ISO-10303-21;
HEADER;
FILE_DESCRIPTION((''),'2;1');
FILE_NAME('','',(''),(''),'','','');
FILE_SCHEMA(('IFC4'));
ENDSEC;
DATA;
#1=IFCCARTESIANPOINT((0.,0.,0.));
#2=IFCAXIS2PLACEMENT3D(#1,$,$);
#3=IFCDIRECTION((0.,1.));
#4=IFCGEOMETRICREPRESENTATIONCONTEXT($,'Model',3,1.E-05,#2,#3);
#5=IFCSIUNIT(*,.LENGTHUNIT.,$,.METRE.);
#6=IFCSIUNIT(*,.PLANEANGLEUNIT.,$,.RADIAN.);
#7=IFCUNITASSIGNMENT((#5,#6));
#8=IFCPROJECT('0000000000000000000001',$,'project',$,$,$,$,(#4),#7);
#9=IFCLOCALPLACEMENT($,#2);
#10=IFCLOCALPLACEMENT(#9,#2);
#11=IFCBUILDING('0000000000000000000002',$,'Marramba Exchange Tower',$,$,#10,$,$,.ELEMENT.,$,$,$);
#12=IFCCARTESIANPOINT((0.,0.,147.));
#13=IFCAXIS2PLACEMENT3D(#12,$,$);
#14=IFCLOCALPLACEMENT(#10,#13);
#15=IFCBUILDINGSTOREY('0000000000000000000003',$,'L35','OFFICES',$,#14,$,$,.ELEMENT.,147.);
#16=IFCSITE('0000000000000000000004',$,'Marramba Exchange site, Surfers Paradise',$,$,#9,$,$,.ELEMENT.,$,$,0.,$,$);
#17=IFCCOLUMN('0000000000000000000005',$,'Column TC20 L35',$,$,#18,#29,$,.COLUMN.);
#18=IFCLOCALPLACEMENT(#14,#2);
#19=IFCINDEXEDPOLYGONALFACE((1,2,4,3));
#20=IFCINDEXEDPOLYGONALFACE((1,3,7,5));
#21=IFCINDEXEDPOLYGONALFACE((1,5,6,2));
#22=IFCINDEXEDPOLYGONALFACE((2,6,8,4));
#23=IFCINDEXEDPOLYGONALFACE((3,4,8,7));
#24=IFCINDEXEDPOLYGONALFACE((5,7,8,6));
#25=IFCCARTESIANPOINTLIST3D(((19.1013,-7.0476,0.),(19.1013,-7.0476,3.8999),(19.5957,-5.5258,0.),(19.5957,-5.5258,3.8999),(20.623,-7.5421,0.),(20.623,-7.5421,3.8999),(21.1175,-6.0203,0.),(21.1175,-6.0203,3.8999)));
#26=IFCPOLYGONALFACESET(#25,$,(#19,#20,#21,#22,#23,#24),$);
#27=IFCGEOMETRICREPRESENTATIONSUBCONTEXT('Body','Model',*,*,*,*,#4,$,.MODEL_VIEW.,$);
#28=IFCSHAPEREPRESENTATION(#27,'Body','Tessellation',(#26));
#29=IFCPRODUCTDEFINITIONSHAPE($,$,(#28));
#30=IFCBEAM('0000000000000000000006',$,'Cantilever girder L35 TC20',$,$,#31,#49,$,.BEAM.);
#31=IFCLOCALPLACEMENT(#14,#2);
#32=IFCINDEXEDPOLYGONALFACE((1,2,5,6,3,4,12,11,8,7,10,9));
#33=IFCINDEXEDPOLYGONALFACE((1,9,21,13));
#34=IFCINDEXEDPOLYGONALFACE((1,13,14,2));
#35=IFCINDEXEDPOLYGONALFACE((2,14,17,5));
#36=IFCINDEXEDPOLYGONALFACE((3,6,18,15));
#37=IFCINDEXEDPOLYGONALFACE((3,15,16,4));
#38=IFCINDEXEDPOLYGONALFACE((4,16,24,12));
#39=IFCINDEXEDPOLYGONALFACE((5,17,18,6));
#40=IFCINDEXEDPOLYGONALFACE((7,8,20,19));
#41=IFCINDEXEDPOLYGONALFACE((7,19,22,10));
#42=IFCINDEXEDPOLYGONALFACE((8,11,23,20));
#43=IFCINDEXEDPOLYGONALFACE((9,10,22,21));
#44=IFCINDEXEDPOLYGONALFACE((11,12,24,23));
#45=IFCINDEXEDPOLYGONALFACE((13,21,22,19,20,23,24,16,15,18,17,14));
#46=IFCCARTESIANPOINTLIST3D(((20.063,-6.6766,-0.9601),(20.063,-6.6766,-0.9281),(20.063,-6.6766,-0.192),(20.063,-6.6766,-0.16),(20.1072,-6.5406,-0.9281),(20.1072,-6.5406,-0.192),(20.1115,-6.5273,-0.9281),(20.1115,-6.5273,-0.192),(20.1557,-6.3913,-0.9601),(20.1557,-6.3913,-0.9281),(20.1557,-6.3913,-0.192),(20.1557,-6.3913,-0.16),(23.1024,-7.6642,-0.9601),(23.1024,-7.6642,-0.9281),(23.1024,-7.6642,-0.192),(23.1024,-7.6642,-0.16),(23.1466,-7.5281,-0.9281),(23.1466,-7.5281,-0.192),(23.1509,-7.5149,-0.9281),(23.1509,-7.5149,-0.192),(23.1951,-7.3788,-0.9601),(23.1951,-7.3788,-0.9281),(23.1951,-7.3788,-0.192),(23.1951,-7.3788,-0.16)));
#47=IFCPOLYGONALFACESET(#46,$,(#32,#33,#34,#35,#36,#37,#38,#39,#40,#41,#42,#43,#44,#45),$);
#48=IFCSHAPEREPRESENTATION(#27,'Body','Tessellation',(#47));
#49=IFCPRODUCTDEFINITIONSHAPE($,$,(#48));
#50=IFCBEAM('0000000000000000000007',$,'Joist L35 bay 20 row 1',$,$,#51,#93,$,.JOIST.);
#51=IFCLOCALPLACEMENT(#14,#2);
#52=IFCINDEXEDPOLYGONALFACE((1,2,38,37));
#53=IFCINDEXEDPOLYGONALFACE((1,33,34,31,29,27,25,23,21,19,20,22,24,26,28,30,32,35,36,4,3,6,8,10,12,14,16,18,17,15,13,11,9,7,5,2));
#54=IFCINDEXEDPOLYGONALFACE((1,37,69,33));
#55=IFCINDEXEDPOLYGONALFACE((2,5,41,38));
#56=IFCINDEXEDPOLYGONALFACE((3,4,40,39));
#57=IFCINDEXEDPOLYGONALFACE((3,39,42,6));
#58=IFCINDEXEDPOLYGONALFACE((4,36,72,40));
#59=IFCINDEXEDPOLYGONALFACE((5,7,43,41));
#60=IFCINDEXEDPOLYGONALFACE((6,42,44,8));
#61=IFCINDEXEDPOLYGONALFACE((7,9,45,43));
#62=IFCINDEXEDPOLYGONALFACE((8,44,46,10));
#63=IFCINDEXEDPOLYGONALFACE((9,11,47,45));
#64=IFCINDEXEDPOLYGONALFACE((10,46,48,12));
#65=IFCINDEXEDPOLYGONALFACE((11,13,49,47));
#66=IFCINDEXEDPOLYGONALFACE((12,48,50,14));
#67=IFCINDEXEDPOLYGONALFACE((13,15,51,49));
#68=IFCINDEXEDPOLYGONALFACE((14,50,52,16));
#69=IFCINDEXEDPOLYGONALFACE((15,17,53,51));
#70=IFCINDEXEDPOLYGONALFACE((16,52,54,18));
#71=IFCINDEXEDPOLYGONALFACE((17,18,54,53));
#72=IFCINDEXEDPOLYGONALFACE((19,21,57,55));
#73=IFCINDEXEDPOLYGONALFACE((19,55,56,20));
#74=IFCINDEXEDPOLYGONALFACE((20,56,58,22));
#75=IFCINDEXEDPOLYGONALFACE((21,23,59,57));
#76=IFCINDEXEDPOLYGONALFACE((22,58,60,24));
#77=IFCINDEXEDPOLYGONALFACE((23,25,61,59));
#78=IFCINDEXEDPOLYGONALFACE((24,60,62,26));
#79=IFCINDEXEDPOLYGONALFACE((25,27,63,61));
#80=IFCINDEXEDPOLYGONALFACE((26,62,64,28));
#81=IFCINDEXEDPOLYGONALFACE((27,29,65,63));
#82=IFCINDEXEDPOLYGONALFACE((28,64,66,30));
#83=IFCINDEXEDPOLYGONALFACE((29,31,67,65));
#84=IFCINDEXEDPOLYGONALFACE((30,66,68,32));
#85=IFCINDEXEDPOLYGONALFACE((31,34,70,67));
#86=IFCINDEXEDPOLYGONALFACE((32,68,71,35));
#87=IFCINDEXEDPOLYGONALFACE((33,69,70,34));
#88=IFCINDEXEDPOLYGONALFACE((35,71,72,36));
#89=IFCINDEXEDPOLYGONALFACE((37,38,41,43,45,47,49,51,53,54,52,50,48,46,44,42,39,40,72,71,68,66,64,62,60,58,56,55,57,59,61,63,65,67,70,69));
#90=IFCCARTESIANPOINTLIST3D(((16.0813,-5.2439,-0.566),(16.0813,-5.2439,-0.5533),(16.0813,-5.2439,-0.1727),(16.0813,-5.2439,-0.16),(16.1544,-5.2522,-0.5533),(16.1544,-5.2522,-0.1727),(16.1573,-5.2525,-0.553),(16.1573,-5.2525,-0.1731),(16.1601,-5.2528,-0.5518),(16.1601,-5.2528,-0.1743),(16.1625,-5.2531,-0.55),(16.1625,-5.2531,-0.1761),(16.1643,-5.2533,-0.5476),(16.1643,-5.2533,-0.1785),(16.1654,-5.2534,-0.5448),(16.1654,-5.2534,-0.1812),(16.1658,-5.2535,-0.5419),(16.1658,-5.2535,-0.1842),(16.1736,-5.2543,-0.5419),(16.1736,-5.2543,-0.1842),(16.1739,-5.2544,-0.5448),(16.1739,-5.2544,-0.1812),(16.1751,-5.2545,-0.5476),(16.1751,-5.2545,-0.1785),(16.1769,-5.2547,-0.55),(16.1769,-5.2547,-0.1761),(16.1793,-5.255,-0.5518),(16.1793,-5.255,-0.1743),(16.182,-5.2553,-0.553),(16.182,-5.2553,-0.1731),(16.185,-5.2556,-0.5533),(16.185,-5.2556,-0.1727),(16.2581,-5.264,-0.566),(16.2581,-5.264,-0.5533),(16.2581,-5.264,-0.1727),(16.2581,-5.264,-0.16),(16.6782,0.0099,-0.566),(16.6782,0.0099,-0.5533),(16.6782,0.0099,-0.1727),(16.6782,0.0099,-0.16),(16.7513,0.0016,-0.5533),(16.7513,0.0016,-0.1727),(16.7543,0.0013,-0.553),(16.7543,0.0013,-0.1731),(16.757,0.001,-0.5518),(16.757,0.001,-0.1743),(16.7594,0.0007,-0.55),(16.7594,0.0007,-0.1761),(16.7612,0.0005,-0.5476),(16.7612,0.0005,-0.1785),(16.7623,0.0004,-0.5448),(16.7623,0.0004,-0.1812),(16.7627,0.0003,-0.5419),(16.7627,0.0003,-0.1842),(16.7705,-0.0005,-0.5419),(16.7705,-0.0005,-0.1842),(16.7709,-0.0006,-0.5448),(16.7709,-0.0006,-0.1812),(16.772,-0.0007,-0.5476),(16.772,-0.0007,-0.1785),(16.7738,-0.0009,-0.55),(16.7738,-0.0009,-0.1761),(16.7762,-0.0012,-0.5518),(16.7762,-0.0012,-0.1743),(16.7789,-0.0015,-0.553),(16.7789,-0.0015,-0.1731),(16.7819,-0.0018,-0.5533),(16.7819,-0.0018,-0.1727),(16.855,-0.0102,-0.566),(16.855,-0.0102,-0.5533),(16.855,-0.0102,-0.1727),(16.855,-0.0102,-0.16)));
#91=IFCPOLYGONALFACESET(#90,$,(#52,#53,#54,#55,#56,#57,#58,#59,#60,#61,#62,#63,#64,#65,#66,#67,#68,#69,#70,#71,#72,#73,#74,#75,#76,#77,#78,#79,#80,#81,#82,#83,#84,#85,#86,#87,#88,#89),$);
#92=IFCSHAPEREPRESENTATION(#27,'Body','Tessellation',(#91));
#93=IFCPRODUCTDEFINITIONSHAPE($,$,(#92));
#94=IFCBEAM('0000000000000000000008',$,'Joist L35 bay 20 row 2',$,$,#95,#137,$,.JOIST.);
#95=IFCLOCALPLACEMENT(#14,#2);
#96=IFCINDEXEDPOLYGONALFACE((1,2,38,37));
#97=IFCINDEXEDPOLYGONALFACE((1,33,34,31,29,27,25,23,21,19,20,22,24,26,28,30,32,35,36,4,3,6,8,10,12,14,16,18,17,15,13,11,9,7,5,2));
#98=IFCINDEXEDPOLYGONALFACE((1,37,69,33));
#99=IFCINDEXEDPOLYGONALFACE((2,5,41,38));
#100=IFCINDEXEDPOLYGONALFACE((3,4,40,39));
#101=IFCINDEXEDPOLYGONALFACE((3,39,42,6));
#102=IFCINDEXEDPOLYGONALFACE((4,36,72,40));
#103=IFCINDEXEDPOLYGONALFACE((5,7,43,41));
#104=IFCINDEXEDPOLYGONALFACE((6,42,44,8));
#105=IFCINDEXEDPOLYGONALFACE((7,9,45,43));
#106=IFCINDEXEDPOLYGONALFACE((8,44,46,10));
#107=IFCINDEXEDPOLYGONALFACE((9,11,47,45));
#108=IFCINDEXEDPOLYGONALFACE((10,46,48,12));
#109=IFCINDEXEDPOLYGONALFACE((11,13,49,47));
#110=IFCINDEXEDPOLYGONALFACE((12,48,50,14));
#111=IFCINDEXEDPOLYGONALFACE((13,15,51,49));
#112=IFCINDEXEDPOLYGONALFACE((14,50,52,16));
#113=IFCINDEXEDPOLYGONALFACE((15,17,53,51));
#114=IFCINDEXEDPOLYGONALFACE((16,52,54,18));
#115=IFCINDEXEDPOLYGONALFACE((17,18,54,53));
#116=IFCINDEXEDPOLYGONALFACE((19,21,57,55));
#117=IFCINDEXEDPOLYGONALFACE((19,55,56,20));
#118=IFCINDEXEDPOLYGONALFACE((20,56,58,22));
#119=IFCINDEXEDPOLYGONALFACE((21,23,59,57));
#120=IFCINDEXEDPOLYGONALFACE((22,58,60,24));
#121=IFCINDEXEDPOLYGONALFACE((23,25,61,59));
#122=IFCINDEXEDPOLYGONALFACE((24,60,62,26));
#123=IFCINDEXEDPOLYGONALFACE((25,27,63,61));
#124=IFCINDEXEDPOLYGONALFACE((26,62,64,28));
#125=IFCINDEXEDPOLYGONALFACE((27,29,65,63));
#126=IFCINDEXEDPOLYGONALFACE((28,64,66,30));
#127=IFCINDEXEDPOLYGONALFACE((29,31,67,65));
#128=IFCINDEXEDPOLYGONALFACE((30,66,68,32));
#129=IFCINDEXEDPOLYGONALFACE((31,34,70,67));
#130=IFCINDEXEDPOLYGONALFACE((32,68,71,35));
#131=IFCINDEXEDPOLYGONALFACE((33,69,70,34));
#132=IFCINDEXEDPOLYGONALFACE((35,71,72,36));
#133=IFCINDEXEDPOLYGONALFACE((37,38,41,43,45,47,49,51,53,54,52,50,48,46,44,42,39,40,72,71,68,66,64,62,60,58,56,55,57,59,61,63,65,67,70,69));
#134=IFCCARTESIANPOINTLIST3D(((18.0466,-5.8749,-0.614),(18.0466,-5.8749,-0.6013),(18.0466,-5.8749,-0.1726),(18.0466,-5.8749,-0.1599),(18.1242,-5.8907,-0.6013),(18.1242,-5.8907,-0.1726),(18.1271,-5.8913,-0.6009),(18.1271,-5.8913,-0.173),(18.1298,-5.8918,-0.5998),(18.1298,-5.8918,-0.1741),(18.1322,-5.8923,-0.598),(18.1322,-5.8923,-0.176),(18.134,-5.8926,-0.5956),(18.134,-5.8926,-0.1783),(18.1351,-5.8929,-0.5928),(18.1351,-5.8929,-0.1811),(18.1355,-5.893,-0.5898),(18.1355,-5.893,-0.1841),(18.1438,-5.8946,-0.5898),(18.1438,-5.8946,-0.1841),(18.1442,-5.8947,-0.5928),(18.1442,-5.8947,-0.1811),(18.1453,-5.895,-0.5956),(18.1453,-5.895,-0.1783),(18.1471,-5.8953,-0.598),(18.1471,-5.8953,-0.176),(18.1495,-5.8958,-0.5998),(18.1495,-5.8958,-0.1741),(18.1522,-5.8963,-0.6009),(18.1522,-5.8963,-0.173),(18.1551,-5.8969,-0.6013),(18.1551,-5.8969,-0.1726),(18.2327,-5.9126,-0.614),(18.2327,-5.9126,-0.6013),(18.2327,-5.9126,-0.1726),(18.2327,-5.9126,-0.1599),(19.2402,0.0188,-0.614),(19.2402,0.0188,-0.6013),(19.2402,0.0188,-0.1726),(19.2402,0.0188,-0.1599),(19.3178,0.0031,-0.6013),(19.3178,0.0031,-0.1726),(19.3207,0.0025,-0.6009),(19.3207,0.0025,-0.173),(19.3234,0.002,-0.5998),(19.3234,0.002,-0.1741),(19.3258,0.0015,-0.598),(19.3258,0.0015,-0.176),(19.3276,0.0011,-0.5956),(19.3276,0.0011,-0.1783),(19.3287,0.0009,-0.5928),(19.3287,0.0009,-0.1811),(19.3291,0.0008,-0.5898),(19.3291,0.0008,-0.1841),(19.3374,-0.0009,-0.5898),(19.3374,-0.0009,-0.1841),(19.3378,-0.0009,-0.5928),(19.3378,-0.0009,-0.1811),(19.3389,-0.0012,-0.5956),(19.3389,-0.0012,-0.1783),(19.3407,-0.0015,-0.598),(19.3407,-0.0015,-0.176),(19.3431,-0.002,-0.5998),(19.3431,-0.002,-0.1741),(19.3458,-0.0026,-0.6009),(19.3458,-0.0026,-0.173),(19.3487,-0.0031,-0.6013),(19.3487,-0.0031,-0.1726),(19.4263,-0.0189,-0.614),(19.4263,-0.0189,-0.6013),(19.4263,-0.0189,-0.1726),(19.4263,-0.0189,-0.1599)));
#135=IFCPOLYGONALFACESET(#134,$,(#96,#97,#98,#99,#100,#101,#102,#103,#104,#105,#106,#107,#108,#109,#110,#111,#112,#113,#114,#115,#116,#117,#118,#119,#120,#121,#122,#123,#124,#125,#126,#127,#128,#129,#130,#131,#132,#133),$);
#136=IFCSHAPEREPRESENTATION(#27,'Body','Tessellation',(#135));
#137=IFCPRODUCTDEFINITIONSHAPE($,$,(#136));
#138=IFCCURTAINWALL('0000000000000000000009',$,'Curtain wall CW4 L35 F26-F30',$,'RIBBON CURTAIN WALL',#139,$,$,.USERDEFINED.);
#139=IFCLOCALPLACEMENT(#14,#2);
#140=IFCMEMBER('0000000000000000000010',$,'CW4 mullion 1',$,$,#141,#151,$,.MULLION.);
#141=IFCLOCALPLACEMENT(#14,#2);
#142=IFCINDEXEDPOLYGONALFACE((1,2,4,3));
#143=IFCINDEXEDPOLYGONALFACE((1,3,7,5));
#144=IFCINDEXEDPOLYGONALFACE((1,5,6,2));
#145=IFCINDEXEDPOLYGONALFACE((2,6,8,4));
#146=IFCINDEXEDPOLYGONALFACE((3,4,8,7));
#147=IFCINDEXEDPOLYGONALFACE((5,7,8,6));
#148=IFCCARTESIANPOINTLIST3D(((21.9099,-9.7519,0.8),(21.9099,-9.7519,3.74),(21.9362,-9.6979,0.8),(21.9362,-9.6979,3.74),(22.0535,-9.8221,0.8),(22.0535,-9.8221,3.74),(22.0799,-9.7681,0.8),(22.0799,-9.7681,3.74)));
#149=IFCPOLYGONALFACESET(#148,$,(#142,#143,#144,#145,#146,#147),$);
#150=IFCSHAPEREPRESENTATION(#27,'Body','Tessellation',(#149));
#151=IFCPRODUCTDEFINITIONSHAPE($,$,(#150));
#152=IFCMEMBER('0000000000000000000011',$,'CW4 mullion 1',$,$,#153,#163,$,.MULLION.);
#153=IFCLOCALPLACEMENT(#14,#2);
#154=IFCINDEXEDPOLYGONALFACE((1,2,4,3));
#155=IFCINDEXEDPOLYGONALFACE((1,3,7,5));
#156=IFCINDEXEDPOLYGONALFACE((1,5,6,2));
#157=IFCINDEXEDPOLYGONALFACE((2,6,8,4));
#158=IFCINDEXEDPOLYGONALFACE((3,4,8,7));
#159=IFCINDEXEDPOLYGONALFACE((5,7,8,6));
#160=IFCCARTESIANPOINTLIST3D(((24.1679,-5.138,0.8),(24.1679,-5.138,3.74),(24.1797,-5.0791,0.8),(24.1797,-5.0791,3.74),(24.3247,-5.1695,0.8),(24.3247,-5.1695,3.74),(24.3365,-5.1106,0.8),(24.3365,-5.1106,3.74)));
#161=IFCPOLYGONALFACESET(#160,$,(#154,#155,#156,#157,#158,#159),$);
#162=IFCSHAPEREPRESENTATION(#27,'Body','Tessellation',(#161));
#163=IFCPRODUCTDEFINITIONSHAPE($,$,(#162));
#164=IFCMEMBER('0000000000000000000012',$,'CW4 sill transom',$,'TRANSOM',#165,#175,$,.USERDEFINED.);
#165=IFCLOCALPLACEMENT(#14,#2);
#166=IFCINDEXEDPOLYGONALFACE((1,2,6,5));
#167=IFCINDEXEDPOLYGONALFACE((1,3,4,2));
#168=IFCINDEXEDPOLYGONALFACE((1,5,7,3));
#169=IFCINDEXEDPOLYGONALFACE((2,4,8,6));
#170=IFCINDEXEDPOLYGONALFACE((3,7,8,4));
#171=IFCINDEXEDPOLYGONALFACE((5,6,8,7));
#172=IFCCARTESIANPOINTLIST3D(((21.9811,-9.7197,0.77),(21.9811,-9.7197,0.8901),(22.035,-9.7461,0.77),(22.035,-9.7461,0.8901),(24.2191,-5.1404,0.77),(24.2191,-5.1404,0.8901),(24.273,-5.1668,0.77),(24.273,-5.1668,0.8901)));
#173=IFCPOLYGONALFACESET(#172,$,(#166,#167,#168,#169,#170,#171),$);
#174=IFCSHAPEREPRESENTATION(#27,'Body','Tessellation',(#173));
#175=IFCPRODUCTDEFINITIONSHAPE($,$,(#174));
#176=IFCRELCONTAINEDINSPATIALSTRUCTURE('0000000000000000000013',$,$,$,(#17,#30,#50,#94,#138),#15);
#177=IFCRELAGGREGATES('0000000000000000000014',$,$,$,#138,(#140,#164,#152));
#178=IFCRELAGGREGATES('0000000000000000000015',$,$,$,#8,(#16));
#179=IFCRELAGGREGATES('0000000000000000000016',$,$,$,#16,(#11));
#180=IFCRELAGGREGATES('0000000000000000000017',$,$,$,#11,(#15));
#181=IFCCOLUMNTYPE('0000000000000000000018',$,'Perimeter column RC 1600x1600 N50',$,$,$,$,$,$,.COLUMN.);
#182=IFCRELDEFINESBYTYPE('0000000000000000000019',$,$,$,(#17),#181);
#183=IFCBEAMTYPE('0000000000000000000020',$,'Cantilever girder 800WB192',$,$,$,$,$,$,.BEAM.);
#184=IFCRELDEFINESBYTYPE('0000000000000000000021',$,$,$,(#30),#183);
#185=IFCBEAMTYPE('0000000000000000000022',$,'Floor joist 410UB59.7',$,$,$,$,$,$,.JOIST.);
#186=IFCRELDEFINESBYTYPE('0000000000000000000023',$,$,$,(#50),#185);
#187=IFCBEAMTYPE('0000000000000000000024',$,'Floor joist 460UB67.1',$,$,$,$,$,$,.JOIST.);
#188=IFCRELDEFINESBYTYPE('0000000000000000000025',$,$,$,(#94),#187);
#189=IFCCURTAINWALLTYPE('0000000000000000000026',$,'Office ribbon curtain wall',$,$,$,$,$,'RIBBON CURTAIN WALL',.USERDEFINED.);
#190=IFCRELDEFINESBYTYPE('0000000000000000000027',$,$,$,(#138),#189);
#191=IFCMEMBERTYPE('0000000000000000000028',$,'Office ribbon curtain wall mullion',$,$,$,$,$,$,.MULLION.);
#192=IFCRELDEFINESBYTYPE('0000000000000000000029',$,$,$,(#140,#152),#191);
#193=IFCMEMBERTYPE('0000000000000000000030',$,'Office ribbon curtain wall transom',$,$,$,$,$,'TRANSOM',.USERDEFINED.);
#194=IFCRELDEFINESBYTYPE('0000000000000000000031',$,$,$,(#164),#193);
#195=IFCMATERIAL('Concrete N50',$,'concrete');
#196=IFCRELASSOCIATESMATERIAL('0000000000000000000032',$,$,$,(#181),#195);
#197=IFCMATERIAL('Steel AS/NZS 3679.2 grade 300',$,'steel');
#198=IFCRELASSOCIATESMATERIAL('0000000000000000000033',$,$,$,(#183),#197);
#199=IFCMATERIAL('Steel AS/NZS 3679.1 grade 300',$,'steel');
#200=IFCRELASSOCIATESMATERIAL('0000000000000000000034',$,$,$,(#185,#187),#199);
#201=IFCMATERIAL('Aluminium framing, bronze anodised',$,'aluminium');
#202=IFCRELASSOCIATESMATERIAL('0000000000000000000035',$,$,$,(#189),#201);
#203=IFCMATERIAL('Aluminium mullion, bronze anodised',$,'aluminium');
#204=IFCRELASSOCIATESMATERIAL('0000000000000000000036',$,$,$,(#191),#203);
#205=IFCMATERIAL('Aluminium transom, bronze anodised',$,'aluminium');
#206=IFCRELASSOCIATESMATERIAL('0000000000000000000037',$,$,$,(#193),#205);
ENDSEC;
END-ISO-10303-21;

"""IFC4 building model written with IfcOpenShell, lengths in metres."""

from ifc_helpers import new_model, si_unit, direction, frame, origin, origin_2d, place, context, subcontext, project, spatial, rectangle, i_section, extrude, material, material_profile, profile_set, type_object, element, aggregate, save


model = new_model("IFC4")

# Units and contexts
model_context = context("Model", 3, precision=1e-05, world=origin(), true_north=direction((0.0, 1.0)))
body_context = subcontext(model_context, "Body", "Model", "MODEL_VIEW")
ifc_project = project(units=[si_unit("LENGTHUNIT", "METRE"), si_unit("PLANEANGLEUNIT", "RADIAN")], contexts=[model_context])

# Site, building, storey
site_placement = place(None, origin())
site = spatial("IfcSite", under=ifc_project, at=site_placement, Name="Marramba Exchange site, Surfers Paradise", CompositionType="ELEMENT", RefElevation=0.0)
building_placement = place(site_placement, origin())
building = spatial("IfcBuilding", under=site, at=building_placement, Name="Marramba Exchange Tower", CompositionType="ELEMENT")
storey_placement = place(building_placement, frame((0.0, 0.0, 147.0)))
storey = spatial("IfcBuildingStorey", under=building, at=storey_placement, Name="L35", Description="OFFICES", CompositionType="ELEMENT", Elevation=147.0)

# Column
ifc_material_1 = material(Name="Concrete N50", Category="concrete")
ifc_material_profile_1 = material_profile(ifc_material_1, rectangle(XDim=1.6001, YDim=1.6001, at=origin_2d()), Name="RC 1600x1600")
ifc_profile_set_1 = profile_set([ifc_material_profile_1], Name="Concrete N50")
column_type = type_object("IfcColumnType", Name="Perimeter column RC 1600x1600 N50", PredefinedType="COLUMN", material=ifc_profile_set_1)
column_placement = place(storey_placement, frame((20.1094, -6.5339, 0.0), z_axis=(0.0, 0.0, 1.0), x_axis=(0.951057, -0.309017, 0.0)))
element("IfcColumn", 1, at=column_placement, inside=storey, type_object=column_type, Name="Column TC20 L35", PredefinedType="COLUMN", context=body_context, shape_type="SweptSolid", body=[
    extrude(rectangle(XDim=1.6001, YDim=1.6001, at=origin_2d()), origin(), (0.0, 0.0, 1.0), 3.8999),
])

# Beams
ifc_material_2 = material(Name="Steel AS/NZS 3679.2 grade 300", Category="steel")
ifc_material_profile_2 = material_profile(ifc_material_2, i_section(OverallWidth=0.3, OverallDepth=0.8, WebThickness=0.0139, FlangeThickness=0.032, at=origin_2d()), Name="800WB192")
ifc_profile_set_2 = profile_set([ifc_material_profile_2], Name="Steel AS/NZS 3679.2 grade 300")
beam_type_1 = type_object("IfcBeamType", Name="Cantilever girder 800WB192", PredefinedType="BEAM", material=ifc_profile_set_2)
beam_1_placement = place(storey_placement, frame((20.1094, -6.5339, -0.5601), z_axis=(0.951055, -0.309022, 0.0), x_axis=(0.309022, 0.951055, 0.0)))
element("IfcBeam", 2, at=beam_1_placement, inside=storey, type_object=beam_type_1, Name="Cantilever girder L35 TC20", PredefinedType="BEAM", context=body_context, shape_type="SweptSolid", body=[
    extrude(i_section(OverallWidth=0.3, OverallDepth=0.8, WebThickness=0.0139, FlangeThickness=0.032, at=origin_2d()), origin(), (0.0, 0.0, 1.0), 3.1958),
])
ifc_material_3 = material(Name="Steel AS/NZS 3679.1 grade 300", Category="steel")
ifc_material_profile_3 = material_profile(ifc_material_3, i_section(OverallWidth=0.178, OverallDepth=0.406, WebThickness=0.0078, FlangeThickness=0.0127, FilletRadius=0.0115, at=origin_2d()), Name="410UB59.7")
ifc_profile_set_3 = profile_set([ifc_material_profile_3], Name="Steel AS/NZS 3679.1 grade 300")
beam_type_2 = type_object("IfcBeamType", Name="Floor joist 410UB59.7", PredefinedType="JOIST", material=ifc_profile_set_3)
beam_2_placement = place(storey_placement, frame((16.1697, -5.2539, -0.363), z_axis=(0.112889, 0.993608, 0.0), x_axis=(-0.993608, 0.112889, 0.0)))
element("IfcBeam", 3, at=beam_2_placement, inside=storey, type_object=beam_type_2, Name="Joist L35 bay 20 row 1", PredefinedType="JOIST", context=body_context, shape_type="SweptSolid", body=[
    extrude(i_section(OverallWidth=0.178, OverallDepth=0.406, WebThickness=0.0078, FlangeThickness=0.0127, FilletRadius=0.0115, at=origin_2d()), origin(), (0.0, 0.0, 1.0), 5.2876),
])
ifc_material_profile_4 = material_profile(ifc_material_3, i_section(OverallWidth=0.1899, OverallDepth=0.4541, WebThickness=0.0085, FlangeThickness=0.0127, FilletRadius=0.0115, at=origin_2d()), Name="460UB67.1")
ifc_profile_set_4 = profile_set([ifc_material_profile_4], Name="Steel AS/NZS 3679.1 grade 300")
beam_type_3 = type_object("IfcBeamType", Name="Floor joist 460UB67.1", PredefinedType="JOIST", material=ifc_profile_set_4)
beam_3_placement = place(storey_placement, frame((18.1396, -5.8938, -0.387), z_axis=(0.198489, 0.980103, 0.0), x_axis=(-0.980103, 0.198489, 0.0)))
element("IfcBeam", 4, at=beam_3_placement, inside=storey, type_object=beam_type_3, Name="Joist L35 bay 20 row 2", PredefinedType="JOIST", context=body_context, shape_type="SweptSolid", body=[
    extrude(i_section(OverallWidth=0.1899, OverallDepth=0.4541, WebThickness=0.0085, FlangeThickness=0.0127, FilletRadius=0.0115, at=origin_2d()), origin(), (0.0, 0.0, 1.0), 6.0134),
])

# Curtain wall, members
ifc_material_4 = material(Name="Aluminium framing, bronze anodised", Category="aluminium")
curtain_wall_type = type_object("IfcCurtainWallType", Name="Office ribbon curtain wall", ElementType="RIBBON CURTAIN WALL", PredefinedType="USERDEFINED", material=ifc_material_4)
curtain_wall_placement = place(storey_placement, origin())
curtain_wall = element("IfcCurtainWall", 5, at=curtain_wall_placement, inside=storey, type_object=curtain_wall_type, Name="Curtain wall CW4 L35 F26-F30", ObjectType="RIBBON CURTAIN WALL", PredefinedType="USERDEFINED")
ifc_material_5 = material(Name="Aluminium mullion, bronze anodised", Category="aluminium")
ifc_material_profile_5 = material_profile(ifc_material_5, rectangle(XDim=0.1599, YDim=0.0601, at=origin_2d()), Name="CW4 mullion 60x160")
ifc_profile_set_5 = profile_set([ifc_material_profile_5], Name="Aluminium mullion, bronze anodised")
member_type_1 = type_object("IfcMemberType", Name="Office ribbon curtain wall mullion", PredefinedType="MULLION", material=ifc_profile_set_5)
member_1_placement = place(storey_placement, frame((21.9949, -9.76, 0.8), z_axis=(0.0, 0.0, 1.0), x_axis=(-0.898445, 0.439086, 0.0)))
member_1 = element("IfcMember", 6, at=member_1_placement, type_object=member_type_1, Name="CW4 mullion 1", PredefinedType="MULLION", context=body_context, shape_type="SweptSolid", body=[
    extrude(rectangle(XDim=0.1599, YDim=0.0601, at=origin_2d()), origin(), (0.0, 0.0, 1.0), 2.9399),
])
member_2_placement = place(storey_placement, frame((24.2522, -5.1243, 0.8), z_axis=(0.0, 0.0, 1.0), x_axis=(-0.980394, 0.197049, 0.0)))
member_2 = element("IfcMember", 7, at=member_2_placement, type_object=member_type_1, Name="CW4 mullion 1", PredefinedType="MULLION", context=body_context, shape_type="SweptSolid", body=[
    extrude(rectangle(XDim=0.1599, YDim=0.0601, at=origin_2d()), origin(), (0.0, 0.0, 1.0), 2.9399),
])
ifc_material_6 = material(Name="Aluminium transom, bronze anodised", Category="aluminium")
ifc_material_profile_6 = material_profile(ifc_material_6, rectangle(XDim=0.0601, YDim=0.1201, at=origin_2d()), Name="CW4 transom 60x120")
ifc_profile_set_6 = profile_set([ifc_material_profile_6], Name="Aluminium transom, bronze anodised")
member_type_2 = type_object("IfcMemberType", Name="Office ribbon curtain wall transom", ElementType="TRANSOM", PredefinedType="USERDEFINED", material=ifc_profile_set_6)
member_3_placement = place(storey_placement, frame((22.0081, -9.7329, 0.8301), z_axis=(0.439091, 0.898443, 0.0), x_axis=(-0.898443, 0.439091, 0.0)))
member_3 = element("IfcMember", 8, at=member_3_placement, type_object=member_type_2, Name="CW4 sill transom", ObjectType="TRANSOM", PredefinedType="USERDEFINED", context=body_context, shape_type="SweptSolid", body=[
    extrude(rectangle(XDim=0.0601, YDim=0.1201, at=origin_2d()), origin(), (0.0, 0.0, 1.0), 5.0969),
])

aggregate(curtain_wall, [member_1, member_3, member_2])

save(model, "model.ifc")
